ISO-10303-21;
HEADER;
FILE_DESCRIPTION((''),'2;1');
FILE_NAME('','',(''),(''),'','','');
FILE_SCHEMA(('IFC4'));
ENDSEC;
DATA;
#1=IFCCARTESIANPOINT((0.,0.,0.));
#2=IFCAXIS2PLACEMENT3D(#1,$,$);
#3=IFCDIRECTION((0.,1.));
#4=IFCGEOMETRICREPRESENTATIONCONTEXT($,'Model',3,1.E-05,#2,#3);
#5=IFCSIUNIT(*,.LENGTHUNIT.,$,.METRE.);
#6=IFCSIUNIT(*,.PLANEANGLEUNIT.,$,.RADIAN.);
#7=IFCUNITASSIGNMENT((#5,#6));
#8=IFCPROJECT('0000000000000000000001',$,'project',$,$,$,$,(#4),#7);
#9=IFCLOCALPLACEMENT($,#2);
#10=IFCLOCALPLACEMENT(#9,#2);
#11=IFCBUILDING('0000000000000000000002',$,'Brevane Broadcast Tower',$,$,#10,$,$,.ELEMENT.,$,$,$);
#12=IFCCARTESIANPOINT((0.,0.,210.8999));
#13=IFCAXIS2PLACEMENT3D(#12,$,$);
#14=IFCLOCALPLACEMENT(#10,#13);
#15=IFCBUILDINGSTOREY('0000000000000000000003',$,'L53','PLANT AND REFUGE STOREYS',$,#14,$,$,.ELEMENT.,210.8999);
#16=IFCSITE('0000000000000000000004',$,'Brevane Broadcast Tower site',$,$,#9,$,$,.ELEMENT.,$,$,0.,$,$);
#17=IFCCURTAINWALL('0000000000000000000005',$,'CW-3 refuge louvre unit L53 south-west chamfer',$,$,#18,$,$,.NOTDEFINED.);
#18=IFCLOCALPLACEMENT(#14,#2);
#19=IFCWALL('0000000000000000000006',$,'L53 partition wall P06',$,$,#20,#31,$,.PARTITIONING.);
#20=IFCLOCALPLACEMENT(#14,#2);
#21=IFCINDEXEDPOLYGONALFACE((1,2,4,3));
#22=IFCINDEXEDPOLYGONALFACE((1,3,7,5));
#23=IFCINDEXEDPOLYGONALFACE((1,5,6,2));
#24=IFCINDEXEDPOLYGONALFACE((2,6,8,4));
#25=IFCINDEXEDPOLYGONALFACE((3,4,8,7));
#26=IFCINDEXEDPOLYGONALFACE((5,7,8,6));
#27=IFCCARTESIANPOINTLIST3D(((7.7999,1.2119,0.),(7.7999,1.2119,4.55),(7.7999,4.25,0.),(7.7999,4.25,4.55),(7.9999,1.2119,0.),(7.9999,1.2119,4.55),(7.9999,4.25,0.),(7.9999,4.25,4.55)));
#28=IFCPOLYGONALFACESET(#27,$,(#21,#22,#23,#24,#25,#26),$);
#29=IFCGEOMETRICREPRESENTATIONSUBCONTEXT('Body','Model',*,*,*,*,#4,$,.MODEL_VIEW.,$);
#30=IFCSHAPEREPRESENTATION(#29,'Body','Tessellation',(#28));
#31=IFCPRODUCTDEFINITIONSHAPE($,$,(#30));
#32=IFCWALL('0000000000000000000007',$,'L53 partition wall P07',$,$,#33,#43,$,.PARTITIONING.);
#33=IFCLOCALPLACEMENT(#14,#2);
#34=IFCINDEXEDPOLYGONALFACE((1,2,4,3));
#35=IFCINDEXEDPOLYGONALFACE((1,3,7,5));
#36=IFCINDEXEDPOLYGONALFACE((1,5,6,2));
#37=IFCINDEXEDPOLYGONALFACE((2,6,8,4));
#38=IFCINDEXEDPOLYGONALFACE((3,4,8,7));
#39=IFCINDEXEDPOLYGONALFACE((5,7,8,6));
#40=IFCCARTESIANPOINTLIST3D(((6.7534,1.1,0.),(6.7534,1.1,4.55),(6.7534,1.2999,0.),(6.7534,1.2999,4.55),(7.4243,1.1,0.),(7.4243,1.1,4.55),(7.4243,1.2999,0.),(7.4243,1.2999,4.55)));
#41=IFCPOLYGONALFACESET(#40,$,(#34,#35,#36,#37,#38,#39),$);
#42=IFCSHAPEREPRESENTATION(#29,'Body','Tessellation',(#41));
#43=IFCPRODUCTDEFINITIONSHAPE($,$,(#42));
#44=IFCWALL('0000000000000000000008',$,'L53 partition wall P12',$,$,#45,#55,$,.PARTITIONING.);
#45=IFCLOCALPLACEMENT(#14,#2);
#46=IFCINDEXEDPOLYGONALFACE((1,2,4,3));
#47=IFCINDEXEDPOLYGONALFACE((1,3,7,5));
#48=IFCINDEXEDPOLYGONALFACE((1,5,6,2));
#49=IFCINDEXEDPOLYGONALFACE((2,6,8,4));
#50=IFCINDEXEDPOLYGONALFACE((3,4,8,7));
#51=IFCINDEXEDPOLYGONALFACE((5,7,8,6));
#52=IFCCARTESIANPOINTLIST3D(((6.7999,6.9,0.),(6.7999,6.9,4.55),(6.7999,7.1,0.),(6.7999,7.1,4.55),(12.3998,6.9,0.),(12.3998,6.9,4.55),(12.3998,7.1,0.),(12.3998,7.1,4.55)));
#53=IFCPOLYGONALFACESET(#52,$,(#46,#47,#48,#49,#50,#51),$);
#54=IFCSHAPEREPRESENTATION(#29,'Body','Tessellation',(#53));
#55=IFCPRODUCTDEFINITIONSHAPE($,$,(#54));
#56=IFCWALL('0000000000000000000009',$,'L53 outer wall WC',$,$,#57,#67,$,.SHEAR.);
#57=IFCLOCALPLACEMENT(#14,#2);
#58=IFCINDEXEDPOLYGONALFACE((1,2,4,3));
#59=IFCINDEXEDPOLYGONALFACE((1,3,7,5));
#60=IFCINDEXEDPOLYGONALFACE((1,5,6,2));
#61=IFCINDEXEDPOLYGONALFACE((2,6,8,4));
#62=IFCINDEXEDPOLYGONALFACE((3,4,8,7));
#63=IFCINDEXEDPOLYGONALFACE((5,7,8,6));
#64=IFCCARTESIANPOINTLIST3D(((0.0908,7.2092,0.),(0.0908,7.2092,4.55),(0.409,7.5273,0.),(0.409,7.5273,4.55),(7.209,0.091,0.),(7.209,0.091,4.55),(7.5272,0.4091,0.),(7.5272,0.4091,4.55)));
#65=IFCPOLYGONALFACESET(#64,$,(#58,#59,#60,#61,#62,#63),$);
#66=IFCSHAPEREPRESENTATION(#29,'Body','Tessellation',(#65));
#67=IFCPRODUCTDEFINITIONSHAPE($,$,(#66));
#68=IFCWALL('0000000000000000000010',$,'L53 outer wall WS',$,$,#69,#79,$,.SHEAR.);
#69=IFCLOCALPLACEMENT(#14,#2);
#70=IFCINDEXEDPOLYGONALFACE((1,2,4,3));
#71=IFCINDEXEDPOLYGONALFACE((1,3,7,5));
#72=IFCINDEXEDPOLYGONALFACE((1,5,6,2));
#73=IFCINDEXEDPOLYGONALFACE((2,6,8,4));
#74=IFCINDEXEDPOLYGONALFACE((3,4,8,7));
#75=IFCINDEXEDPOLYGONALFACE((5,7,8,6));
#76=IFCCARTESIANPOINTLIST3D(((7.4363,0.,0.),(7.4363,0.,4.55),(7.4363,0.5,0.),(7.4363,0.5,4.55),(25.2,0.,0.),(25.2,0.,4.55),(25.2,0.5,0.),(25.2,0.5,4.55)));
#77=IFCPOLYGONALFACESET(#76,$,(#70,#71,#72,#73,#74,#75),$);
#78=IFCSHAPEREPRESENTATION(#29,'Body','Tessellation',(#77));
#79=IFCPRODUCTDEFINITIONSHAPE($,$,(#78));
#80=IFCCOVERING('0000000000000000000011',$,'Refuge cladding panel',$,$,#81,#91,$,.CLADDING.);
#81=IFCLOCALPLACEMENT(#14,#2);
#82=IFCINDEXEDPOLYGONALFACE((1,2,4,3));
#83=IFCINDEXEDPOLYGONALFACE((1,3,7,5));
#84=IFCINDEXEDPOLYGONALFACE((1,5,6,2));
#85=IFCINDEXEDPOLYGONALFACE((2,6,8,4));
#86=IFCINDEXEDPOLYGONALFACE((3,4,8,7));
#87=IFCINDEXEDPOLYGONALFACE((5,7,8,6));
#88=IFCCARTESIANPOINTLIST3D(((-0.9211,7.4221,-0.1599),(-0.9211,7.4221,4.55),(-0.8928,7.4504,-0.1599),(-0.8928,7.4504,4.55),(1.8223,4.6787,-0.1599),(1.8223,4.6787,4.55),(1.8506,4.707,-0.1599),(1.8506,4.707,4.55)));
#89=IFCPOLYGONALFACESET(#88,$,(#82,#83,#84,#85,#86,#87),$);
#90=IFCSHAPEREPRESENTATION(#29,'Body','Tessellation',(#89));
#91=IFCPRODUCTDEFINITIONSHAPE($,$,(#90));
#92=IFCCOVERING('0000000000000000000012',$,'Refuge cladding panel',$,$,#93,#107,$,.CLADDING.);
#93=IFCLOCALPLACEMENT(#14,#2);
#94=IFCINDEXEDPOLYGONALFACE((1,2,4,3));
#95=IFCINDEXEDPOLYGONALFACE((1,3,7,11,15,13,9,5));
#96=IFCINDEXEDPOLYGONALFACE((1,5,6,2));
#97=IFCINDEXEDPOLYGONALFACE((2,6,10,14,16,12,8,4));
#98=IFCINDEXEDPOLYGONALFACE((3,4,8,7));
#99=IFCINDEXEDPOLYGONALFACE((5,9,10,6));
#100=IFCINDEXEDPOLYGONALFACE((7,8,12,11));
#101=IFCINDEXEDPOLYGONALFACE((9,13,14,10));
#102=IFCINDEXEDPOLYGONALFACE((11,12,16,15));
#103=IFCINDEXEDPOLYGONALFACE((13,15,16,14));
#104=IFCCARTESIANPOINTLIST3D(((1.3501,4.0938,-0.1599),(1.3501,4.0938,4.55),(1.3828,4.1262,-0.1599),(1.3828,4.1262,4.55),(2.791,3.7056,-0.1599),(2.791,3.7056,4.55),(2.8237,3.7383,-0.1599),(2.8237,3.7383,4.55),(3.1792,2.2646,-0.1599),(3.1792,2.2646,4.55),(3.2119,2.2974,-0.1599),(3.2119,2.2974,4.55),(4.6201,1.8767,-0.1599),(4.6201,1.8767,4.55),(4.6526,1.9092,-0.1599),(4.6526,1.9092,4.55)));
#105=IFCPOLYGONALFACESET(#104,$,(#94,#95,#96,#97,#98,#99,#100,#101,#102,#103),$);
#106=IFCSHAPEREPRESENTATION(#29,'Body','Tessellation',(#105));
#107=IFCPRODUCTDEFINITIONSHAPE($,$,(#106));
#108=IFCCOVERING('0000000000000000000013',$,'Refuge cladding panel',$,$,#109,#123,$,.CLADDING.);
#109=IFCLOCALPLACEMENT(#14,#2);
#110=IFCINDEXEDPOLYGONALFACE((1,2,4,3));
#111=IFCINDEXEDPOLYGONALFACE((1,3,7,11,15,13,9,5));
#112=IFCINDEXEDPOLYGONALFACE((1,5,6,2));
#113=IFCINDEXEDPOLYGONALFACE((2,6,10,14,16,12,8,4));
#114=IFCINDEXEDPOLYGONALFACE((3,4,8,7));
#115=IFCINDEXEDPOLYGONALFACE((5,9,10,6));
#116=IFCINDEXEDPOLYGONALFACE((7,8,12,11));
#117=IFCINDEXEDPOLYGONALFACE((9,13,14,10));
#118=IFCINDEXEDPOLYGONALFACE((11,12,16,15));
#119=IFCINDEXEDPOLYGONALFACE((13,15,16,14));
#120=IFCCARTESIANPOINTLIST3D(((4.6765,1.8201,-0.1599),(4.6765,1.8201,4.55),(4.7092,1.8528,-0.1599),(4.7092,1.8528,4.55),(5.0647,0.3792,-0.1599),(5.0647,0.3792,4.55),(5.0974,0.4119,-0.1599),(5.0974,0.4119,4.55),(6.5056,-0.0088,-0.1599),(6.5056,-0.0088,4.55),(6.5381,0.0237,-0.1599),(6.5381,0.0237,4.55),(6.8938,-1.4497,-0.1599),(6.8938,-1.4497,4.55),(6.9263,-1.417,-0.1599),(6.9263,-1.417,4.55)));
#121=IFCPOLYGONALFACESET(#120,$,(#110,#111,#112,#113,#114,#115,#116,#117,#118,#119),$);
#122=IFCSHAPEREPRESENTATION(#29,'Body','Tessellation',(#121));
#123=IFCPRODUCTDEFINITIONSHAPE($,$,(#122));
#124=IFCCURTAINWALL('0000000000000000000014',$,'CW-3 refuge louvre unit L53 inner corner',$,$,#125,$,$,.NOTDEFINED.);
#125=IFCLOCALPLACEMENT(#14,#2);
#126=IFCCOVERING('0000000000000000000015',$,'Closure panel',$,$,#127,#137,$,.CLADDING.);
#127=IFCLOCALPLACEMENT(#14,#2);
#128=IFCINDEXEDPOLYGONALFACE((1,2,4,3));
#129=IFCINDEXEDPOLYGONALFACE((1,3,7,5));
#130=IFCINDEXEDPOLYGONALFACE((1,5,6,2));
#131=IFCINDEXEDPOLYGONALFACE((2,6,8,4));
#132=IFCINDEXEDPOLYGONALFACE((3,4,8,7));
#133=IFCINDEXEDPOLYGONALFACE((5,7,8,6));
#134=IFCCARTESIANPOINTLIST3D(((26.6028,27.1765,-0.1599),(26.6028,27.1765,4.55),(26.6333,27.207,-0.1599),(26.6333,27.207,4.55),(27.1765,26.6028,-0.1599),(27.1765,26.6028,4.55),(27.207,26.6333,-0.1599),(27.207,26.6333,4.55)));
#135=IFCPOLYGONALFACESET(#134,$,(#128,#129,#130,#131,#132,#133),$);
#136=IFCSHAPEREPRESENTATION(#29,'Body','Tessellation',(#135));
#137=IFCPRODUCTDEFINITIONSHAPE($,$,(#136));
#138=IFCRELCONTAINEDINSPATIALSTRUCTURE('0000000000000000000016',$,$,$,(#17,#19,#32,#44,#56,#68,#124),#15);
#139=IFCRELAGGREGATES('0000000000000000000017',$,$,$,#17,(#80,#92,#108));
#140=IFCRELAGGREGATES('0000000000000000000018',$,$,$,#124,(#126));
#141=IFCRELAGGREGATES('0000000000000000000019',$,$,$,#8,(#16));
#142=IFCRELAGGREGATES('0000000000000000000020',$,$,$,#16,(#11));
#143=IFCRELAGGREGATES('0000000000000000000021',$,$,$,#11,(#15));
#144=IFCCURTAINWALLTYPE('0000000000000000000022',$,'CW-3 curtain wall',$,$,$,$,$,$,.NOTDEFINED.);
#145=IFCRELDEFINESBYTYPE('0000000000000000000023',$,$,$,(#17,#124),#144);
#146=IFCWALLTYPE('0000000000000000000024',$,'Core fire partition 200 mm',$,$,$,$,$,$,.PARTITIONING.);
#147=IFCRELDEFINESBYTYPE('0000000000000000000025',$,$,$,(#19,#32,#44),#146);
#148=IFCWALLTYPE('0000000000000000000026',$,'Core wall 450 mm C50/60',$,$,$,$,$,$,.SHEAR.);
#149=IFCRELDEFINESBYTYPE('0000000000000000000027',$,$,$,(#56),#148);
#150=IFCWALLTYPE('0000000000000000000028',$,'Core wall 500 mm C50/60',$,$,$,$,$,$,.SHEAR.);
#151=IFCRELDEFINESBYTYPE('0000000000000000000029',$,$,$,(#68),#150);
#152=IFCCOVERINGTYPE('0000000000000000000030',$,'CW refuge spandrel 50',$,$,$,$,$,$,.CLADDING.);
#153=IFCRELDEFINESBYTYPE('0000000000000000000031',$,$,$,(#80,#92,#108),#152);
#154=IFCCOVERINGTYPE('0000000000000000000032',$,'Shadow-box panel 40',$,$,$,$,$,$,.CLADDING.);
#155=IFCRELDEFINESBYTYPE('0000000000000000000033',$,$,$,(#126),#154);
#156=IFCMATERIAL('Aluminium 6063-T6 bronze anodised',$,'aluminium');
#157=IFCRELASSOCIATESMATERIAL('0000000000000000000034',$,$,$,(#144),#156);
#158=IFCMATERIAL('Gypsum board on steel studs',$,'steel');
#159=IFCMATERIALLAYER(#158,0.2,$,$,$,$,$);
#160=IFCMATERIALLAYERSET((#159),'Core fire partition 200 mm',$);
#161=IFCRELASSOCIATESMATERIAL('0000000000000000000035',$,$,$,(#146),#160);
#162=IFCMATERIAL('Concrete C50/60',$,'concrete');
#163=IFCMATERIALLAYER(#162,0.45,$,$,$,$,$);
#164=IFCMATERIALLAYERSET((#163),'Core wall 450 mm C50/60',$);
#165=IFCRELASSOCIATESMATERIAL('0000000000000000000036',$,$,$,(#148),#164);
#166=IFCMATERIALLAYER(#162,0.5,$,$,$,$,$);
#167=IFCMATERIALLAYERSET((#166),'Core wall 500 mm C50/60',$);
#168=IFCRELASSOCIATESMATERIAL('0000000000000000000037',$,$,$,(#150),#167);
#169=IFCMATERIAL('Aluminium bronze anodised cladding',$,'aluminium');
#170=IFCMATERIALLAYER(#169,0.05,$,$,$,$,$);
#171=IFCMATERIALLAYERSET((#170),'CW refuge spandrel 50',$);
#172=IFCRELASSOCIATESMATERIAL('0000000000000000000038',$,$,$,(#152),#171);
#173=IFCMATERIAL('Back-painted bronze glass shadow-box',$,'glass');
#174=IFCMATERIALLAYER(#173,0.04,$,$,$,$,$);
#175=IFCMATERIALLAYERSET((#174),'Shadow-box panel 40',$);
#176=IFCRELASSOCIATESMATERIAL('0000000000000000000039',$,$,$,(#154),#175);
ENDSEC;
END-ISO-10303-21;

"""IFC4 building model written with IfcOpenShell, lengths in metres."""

from ifc_helpers import new_model, si_unit, direction, frame, frame_2d, origin, place, context, subcontext, project, spatial, polyline, rectangle, outline, extrude, material, layer, layer_set, type_object, element, aggregate, save


model = new_model("IFC4")

# Units and contexts
model_context = context("Model", 3, precision=1e-05, world=origin(), true_north=direction((0.0, 1.0)))
body_context = subcontext(model_context, "Body", "Model", "MODEL_VIEW")
ifc_project = project(units=[si_unit("LENGTHUNIT", "METRE"), si_unit("PLANEANGLEUNIT", "RADIAN")], contexts=[model_context])

# Site, building, storey
site_placement = place(None, origin())
site = spatial("IfcSite", under=ifc_project, at=site_placement, Name="Brevane Broadcast Tower site", CompositionType="ELEMENT", RefElevation=0.0)
building_placement = place(site_placement, origin())
building = spatial("IfcBuilding", under=site, at=building_placement, Name="Brevane Broadcast Tower", CompositionType="ELEMENT")
storey_placement = place(building_placement, frame((0.0, 0.0, 210.8999)))
storey = spatial("IfcBuildingStorey", under=building, at=storey_placement, Name="L53", Description="PLANT AND REFUGE STOREYS", CompositionType="ELEMENT", Elevation=210.8999)

# Curtain wall
ifc_material_1 = material(Name="Aluminium 6063-T6 bronze anodised", Category="aluminium")
curtain_wall_type = type_object("IfcCurtainWallType", Name="CW-3 curtain wall", PredefinedType="NOTDEFINED", material=ifc_material_1)
curtain_wall_1_placement = place(storey_placement, origin())
curtain_wall_1 = element("IfcCurtainWall", 1, at=curtain_wall_1_placement, inside=storey, type_object=curtain_wall_type, Name="CW-3 refuge louvre unit L53 south-west chamfer", PredefinedType="NOTDEFINED")

# Shared definitions
ifc_material_2 = material(Name="Concrete C50/60", Category="concrete")

# Shared definitions
ifc_material_3 = material(Name="Gypsum board on steel studs", Category="steel")
ifc_layer_1 = layer(ifc_material_3, 0.2)
ifc_layer_set_1 = layer_set([ifc_layer_1], Name="Core fire partition 200 mm")
wall_type_1 = type_object("IfcWallType", Name="Core fire partition 200 mm", PredefinedType="PARTITIONING", material=ifc_layer_set_1)

# Walls
wall_1_placement = place(storey_placement, frame((7.8999, 4.25, 0.0), z_axis=(0.0, 0.0, 1.0), x_axis=(0.0, -1.0, 0.0)))
element("IfcWall", 2, at=wall_1_placement, inside=storey, type_object=wall_type_1, Name="L53 partition wall P06", PredefinedType="PARTITIONING", context=body_context, shape_type="SweptSolid", body=[
    extrude(rectangle(XDim=3.0381, YDim=0.2, at=frame_2d((1.519, 0.0))), origin(), (0.0, 0.0, 1.0), 4.55),
])
wall_2_placement = place(storey_placement, frame((7.4243, 1.2, 0.0), z_axis=(0.0, 0.0, 1.0), x_axis=(-1.0, 0.0, 0.0)))
element("IfcWall", 3, at=wall_2_placement, inside=storey, type_object=wall_type_1, Name="L53 partition wall P07", PredefinedType="PARTITIONING", context=body_context, shape_type="SweptSolid", body=[
    extrude(rectangle(XDim=0.6709, YDim=0.2, at=frame_2d((0.3354, 0.0))), origin(), (0.0, 0.0, 1.0), 4.55),
])
wall_3_placement = place(storey_placement, frame((6.8, 7.0, 0.0), z_axis=(0.0, 0.0, 1.0), x_axis=(1.0, 0.0, 0.0)))
element("IfcWall", 4, at=wall_3_placement, inside=storey, type_object=wall_type_1, Name="L53 partition wall P12", PredefinedType="PARTITIONING", context=body_context, shape_type="SweptSolid", body=[
    extrude(rectangle(XDim=5.5999, YDim=0.2, at=frame_2d((2.7998, 0.0))), origin(), (0.0, 0.0, 1.0), 4.55),
])
ifc_layer_2 = layer(ifc_material_2, 0.45)
ifc_layer_set_2 = layer_set([ifc_layer_2], Name="Core wall 450 mm C50/60")
wall_type_2 = type_object("IfcWallType", Name="Core wall 450 mm C50/60", PredefinedType="SHEAR", material=ifc_layer_set_2)
wall_4_placement = place(storey_placement, frame((0.25, 7.3682, 0.0), z_axis=(0.0, 0.0, 1.0), x_axis=(0.707107, -0.707107, 0.0)))
element("IfcWall", 5, at=wall_4_placement, inside=storey, type_object=wall_type_2, Name="L53 outer wall WC", PredefinedType="SHEAR", context=body_context, shape_type="SweptSolid", body=[
    extrude(rectangle(XDim=10.0667, YDim=0.45, at=frame_2d((5.0332, 0.0))), origin(), (0.0, 0.0, 1.0), 4.55),
])
ifc_layer_3 = layer(ifc_material_2, 0.5)
ifc_layer_set_3 = layer_set([ifc_layer_3], Name="Core wall 500 mm C50/60")
wall_type_3 = type_object("IfcWallType", Name="Core wall 500 mm C50/60", PredefinedType="SHEAR", material=ifc_layer_set_3)
wall_5_placement = place(storey_placement, frame((7.4363, 0.25, 0.0), z_axis=(0.0, 0.0, 1.0), x_axis=(1.0, 0.0, 0.0)))
element("IfcWall", 6, at=wall_5_placement, inside=storey, type_object=wall_type_3, Name="L53 outer wall WS", PredefinedType="SHEAR", context=body_context, shape_type="SweptSolid", body=[
    extrude(rectangle(XDim=17.7637, YDim=0.5, at=frame_2d((8.8818, 0.0))), origin(), (0.0, 0.0, 1.0), 4.55),
])

# Coverings
ifc_material_4 = material(Name="Aluminium bronze anodised cladding", Category="aluminium")
ifc_layer_4 = layer(ifc_material_4, 0.05)
ifc_layer_set_4 = layer_set([ifc_layer_4], Name="CW refuge spandrel 50")
covering_type_1 = type_object("IfcCoveringType", Name="CW refuge spandrel 50", PredefinedType="CLADDING", material=ifc_layer_set_4)
covering_1_placement = place(storey_placement, frame((0.0, 0.0, -0.1599)))
covering_1 = element("IfcCovering", 7, at=covering_1_placement, type_object=covering_type_1, Name="Refuge cladding panel", PredefinedType="CLADDING", context=body_context, shape_type="SweptSolid", body=[
    extrude(outline(polyline([(-0.8928, 7.4504), (1.8506, 4.707), (1.8223, 4.6787), (-0.9211, 7.4221), (-0.8928, 7.4504)])), origin(), (0.0, 0.0, 1.0), 4.71),
])
covering_2_placement = place(storey_placement, frame((0.0, 0.0, -0.1599)))
covering_2 = element("IfcCovering", 8, at=covering_2_placement, type_object=covering_type_1, Name="Refuge cladding panel", PredefinedType="CLADDING", context=body_context, shape_type="SweptSolid", body=[
    extrude(outline(polyline([(1.3828, 4.1262), (1.3501, 4.0938), (2.791, 3.7056), (3.1792, 2.2646), (4.6201, 1.8767), (4.6526, 1.9092), (3.2119, 2.2974), (2.8237, 3.7383), (1.3828, 4.1262)])), origin(), (0.0, 0.0, 1.0), 4.71),
])
covering_3_placement = place(storey_placement, frame((0.0, 0.0, -0.1599)))
covering_3 = element("IfcCovering", 9, at=covering_3_placement, type_object=covering_type_1, Name="Refuge cladding panel", PredefinedType="CLADDING", context=body_context, shape_type="SweptSolid", body=[
    extrude(outline(polyline([(4.7092, 1.8528), (4.6765, 1.8201), (5.0647, 0.3792), (6.5056, -0.0088), (6.8938, -1.4497), (6.9263, -1.417), (6.5381, 0.0237), (5.0974, 0.4119), (4.7092, 1.8528)])), origin(), (0.0, 0.0, 1.0), 4.71),
])
aggregate(curtain_wall_1, [covering_1, covering_2, covering_3])

# Curtain wall, covering
curtain_wall_2_placement = place(storey_placement, origin())
curtain_wall_2 = element("IfcCurtainWall", 10, at=curtain_wall_2_placement, inside=storey, type_object=curtain_wall_type, Name="CW-3 refuge louvre unit L53 inner corner", PredefinedType="NOTDEFINED")
ifc_material_5 = material(Name="Back-painted bronze glass shadow-box", Category="glass")
ifc_layer_5 = layer(ifc_material_5, 0.04)
ifc_layer_set_5 = layer_set([ifc_layer_5], Name="Shadow-box panel 40")
covering_type_2 = type_object("IfcCoveringType", Name="Shadow-box panel 40", PredefinedType="CLADDING", material=ifc_layer_set_5)
covering_4_placement = place(storey_placement, frame((0.0, 0.0, -0.1599)))
covering_4 = element("IfcCovering", 11, at=covering_4_placement, type_object=covering_type_2, Name="Closure panel", PredefinedType="CLADDING", context=body_context, shape_type="SweptSolid", body=[
    extrude(outline(polyline([(27.1765, 26.6028), (27.207, 26.6333), (26.6333, 27.207), (26.6028, 27.1765), (27.1765, 26.6028)])), origin(), (0.0, 0.0, 1.0), 4.71),
])
aggregate(curtain_wall_2, [covering_4])

save(model, "model.ifc")
